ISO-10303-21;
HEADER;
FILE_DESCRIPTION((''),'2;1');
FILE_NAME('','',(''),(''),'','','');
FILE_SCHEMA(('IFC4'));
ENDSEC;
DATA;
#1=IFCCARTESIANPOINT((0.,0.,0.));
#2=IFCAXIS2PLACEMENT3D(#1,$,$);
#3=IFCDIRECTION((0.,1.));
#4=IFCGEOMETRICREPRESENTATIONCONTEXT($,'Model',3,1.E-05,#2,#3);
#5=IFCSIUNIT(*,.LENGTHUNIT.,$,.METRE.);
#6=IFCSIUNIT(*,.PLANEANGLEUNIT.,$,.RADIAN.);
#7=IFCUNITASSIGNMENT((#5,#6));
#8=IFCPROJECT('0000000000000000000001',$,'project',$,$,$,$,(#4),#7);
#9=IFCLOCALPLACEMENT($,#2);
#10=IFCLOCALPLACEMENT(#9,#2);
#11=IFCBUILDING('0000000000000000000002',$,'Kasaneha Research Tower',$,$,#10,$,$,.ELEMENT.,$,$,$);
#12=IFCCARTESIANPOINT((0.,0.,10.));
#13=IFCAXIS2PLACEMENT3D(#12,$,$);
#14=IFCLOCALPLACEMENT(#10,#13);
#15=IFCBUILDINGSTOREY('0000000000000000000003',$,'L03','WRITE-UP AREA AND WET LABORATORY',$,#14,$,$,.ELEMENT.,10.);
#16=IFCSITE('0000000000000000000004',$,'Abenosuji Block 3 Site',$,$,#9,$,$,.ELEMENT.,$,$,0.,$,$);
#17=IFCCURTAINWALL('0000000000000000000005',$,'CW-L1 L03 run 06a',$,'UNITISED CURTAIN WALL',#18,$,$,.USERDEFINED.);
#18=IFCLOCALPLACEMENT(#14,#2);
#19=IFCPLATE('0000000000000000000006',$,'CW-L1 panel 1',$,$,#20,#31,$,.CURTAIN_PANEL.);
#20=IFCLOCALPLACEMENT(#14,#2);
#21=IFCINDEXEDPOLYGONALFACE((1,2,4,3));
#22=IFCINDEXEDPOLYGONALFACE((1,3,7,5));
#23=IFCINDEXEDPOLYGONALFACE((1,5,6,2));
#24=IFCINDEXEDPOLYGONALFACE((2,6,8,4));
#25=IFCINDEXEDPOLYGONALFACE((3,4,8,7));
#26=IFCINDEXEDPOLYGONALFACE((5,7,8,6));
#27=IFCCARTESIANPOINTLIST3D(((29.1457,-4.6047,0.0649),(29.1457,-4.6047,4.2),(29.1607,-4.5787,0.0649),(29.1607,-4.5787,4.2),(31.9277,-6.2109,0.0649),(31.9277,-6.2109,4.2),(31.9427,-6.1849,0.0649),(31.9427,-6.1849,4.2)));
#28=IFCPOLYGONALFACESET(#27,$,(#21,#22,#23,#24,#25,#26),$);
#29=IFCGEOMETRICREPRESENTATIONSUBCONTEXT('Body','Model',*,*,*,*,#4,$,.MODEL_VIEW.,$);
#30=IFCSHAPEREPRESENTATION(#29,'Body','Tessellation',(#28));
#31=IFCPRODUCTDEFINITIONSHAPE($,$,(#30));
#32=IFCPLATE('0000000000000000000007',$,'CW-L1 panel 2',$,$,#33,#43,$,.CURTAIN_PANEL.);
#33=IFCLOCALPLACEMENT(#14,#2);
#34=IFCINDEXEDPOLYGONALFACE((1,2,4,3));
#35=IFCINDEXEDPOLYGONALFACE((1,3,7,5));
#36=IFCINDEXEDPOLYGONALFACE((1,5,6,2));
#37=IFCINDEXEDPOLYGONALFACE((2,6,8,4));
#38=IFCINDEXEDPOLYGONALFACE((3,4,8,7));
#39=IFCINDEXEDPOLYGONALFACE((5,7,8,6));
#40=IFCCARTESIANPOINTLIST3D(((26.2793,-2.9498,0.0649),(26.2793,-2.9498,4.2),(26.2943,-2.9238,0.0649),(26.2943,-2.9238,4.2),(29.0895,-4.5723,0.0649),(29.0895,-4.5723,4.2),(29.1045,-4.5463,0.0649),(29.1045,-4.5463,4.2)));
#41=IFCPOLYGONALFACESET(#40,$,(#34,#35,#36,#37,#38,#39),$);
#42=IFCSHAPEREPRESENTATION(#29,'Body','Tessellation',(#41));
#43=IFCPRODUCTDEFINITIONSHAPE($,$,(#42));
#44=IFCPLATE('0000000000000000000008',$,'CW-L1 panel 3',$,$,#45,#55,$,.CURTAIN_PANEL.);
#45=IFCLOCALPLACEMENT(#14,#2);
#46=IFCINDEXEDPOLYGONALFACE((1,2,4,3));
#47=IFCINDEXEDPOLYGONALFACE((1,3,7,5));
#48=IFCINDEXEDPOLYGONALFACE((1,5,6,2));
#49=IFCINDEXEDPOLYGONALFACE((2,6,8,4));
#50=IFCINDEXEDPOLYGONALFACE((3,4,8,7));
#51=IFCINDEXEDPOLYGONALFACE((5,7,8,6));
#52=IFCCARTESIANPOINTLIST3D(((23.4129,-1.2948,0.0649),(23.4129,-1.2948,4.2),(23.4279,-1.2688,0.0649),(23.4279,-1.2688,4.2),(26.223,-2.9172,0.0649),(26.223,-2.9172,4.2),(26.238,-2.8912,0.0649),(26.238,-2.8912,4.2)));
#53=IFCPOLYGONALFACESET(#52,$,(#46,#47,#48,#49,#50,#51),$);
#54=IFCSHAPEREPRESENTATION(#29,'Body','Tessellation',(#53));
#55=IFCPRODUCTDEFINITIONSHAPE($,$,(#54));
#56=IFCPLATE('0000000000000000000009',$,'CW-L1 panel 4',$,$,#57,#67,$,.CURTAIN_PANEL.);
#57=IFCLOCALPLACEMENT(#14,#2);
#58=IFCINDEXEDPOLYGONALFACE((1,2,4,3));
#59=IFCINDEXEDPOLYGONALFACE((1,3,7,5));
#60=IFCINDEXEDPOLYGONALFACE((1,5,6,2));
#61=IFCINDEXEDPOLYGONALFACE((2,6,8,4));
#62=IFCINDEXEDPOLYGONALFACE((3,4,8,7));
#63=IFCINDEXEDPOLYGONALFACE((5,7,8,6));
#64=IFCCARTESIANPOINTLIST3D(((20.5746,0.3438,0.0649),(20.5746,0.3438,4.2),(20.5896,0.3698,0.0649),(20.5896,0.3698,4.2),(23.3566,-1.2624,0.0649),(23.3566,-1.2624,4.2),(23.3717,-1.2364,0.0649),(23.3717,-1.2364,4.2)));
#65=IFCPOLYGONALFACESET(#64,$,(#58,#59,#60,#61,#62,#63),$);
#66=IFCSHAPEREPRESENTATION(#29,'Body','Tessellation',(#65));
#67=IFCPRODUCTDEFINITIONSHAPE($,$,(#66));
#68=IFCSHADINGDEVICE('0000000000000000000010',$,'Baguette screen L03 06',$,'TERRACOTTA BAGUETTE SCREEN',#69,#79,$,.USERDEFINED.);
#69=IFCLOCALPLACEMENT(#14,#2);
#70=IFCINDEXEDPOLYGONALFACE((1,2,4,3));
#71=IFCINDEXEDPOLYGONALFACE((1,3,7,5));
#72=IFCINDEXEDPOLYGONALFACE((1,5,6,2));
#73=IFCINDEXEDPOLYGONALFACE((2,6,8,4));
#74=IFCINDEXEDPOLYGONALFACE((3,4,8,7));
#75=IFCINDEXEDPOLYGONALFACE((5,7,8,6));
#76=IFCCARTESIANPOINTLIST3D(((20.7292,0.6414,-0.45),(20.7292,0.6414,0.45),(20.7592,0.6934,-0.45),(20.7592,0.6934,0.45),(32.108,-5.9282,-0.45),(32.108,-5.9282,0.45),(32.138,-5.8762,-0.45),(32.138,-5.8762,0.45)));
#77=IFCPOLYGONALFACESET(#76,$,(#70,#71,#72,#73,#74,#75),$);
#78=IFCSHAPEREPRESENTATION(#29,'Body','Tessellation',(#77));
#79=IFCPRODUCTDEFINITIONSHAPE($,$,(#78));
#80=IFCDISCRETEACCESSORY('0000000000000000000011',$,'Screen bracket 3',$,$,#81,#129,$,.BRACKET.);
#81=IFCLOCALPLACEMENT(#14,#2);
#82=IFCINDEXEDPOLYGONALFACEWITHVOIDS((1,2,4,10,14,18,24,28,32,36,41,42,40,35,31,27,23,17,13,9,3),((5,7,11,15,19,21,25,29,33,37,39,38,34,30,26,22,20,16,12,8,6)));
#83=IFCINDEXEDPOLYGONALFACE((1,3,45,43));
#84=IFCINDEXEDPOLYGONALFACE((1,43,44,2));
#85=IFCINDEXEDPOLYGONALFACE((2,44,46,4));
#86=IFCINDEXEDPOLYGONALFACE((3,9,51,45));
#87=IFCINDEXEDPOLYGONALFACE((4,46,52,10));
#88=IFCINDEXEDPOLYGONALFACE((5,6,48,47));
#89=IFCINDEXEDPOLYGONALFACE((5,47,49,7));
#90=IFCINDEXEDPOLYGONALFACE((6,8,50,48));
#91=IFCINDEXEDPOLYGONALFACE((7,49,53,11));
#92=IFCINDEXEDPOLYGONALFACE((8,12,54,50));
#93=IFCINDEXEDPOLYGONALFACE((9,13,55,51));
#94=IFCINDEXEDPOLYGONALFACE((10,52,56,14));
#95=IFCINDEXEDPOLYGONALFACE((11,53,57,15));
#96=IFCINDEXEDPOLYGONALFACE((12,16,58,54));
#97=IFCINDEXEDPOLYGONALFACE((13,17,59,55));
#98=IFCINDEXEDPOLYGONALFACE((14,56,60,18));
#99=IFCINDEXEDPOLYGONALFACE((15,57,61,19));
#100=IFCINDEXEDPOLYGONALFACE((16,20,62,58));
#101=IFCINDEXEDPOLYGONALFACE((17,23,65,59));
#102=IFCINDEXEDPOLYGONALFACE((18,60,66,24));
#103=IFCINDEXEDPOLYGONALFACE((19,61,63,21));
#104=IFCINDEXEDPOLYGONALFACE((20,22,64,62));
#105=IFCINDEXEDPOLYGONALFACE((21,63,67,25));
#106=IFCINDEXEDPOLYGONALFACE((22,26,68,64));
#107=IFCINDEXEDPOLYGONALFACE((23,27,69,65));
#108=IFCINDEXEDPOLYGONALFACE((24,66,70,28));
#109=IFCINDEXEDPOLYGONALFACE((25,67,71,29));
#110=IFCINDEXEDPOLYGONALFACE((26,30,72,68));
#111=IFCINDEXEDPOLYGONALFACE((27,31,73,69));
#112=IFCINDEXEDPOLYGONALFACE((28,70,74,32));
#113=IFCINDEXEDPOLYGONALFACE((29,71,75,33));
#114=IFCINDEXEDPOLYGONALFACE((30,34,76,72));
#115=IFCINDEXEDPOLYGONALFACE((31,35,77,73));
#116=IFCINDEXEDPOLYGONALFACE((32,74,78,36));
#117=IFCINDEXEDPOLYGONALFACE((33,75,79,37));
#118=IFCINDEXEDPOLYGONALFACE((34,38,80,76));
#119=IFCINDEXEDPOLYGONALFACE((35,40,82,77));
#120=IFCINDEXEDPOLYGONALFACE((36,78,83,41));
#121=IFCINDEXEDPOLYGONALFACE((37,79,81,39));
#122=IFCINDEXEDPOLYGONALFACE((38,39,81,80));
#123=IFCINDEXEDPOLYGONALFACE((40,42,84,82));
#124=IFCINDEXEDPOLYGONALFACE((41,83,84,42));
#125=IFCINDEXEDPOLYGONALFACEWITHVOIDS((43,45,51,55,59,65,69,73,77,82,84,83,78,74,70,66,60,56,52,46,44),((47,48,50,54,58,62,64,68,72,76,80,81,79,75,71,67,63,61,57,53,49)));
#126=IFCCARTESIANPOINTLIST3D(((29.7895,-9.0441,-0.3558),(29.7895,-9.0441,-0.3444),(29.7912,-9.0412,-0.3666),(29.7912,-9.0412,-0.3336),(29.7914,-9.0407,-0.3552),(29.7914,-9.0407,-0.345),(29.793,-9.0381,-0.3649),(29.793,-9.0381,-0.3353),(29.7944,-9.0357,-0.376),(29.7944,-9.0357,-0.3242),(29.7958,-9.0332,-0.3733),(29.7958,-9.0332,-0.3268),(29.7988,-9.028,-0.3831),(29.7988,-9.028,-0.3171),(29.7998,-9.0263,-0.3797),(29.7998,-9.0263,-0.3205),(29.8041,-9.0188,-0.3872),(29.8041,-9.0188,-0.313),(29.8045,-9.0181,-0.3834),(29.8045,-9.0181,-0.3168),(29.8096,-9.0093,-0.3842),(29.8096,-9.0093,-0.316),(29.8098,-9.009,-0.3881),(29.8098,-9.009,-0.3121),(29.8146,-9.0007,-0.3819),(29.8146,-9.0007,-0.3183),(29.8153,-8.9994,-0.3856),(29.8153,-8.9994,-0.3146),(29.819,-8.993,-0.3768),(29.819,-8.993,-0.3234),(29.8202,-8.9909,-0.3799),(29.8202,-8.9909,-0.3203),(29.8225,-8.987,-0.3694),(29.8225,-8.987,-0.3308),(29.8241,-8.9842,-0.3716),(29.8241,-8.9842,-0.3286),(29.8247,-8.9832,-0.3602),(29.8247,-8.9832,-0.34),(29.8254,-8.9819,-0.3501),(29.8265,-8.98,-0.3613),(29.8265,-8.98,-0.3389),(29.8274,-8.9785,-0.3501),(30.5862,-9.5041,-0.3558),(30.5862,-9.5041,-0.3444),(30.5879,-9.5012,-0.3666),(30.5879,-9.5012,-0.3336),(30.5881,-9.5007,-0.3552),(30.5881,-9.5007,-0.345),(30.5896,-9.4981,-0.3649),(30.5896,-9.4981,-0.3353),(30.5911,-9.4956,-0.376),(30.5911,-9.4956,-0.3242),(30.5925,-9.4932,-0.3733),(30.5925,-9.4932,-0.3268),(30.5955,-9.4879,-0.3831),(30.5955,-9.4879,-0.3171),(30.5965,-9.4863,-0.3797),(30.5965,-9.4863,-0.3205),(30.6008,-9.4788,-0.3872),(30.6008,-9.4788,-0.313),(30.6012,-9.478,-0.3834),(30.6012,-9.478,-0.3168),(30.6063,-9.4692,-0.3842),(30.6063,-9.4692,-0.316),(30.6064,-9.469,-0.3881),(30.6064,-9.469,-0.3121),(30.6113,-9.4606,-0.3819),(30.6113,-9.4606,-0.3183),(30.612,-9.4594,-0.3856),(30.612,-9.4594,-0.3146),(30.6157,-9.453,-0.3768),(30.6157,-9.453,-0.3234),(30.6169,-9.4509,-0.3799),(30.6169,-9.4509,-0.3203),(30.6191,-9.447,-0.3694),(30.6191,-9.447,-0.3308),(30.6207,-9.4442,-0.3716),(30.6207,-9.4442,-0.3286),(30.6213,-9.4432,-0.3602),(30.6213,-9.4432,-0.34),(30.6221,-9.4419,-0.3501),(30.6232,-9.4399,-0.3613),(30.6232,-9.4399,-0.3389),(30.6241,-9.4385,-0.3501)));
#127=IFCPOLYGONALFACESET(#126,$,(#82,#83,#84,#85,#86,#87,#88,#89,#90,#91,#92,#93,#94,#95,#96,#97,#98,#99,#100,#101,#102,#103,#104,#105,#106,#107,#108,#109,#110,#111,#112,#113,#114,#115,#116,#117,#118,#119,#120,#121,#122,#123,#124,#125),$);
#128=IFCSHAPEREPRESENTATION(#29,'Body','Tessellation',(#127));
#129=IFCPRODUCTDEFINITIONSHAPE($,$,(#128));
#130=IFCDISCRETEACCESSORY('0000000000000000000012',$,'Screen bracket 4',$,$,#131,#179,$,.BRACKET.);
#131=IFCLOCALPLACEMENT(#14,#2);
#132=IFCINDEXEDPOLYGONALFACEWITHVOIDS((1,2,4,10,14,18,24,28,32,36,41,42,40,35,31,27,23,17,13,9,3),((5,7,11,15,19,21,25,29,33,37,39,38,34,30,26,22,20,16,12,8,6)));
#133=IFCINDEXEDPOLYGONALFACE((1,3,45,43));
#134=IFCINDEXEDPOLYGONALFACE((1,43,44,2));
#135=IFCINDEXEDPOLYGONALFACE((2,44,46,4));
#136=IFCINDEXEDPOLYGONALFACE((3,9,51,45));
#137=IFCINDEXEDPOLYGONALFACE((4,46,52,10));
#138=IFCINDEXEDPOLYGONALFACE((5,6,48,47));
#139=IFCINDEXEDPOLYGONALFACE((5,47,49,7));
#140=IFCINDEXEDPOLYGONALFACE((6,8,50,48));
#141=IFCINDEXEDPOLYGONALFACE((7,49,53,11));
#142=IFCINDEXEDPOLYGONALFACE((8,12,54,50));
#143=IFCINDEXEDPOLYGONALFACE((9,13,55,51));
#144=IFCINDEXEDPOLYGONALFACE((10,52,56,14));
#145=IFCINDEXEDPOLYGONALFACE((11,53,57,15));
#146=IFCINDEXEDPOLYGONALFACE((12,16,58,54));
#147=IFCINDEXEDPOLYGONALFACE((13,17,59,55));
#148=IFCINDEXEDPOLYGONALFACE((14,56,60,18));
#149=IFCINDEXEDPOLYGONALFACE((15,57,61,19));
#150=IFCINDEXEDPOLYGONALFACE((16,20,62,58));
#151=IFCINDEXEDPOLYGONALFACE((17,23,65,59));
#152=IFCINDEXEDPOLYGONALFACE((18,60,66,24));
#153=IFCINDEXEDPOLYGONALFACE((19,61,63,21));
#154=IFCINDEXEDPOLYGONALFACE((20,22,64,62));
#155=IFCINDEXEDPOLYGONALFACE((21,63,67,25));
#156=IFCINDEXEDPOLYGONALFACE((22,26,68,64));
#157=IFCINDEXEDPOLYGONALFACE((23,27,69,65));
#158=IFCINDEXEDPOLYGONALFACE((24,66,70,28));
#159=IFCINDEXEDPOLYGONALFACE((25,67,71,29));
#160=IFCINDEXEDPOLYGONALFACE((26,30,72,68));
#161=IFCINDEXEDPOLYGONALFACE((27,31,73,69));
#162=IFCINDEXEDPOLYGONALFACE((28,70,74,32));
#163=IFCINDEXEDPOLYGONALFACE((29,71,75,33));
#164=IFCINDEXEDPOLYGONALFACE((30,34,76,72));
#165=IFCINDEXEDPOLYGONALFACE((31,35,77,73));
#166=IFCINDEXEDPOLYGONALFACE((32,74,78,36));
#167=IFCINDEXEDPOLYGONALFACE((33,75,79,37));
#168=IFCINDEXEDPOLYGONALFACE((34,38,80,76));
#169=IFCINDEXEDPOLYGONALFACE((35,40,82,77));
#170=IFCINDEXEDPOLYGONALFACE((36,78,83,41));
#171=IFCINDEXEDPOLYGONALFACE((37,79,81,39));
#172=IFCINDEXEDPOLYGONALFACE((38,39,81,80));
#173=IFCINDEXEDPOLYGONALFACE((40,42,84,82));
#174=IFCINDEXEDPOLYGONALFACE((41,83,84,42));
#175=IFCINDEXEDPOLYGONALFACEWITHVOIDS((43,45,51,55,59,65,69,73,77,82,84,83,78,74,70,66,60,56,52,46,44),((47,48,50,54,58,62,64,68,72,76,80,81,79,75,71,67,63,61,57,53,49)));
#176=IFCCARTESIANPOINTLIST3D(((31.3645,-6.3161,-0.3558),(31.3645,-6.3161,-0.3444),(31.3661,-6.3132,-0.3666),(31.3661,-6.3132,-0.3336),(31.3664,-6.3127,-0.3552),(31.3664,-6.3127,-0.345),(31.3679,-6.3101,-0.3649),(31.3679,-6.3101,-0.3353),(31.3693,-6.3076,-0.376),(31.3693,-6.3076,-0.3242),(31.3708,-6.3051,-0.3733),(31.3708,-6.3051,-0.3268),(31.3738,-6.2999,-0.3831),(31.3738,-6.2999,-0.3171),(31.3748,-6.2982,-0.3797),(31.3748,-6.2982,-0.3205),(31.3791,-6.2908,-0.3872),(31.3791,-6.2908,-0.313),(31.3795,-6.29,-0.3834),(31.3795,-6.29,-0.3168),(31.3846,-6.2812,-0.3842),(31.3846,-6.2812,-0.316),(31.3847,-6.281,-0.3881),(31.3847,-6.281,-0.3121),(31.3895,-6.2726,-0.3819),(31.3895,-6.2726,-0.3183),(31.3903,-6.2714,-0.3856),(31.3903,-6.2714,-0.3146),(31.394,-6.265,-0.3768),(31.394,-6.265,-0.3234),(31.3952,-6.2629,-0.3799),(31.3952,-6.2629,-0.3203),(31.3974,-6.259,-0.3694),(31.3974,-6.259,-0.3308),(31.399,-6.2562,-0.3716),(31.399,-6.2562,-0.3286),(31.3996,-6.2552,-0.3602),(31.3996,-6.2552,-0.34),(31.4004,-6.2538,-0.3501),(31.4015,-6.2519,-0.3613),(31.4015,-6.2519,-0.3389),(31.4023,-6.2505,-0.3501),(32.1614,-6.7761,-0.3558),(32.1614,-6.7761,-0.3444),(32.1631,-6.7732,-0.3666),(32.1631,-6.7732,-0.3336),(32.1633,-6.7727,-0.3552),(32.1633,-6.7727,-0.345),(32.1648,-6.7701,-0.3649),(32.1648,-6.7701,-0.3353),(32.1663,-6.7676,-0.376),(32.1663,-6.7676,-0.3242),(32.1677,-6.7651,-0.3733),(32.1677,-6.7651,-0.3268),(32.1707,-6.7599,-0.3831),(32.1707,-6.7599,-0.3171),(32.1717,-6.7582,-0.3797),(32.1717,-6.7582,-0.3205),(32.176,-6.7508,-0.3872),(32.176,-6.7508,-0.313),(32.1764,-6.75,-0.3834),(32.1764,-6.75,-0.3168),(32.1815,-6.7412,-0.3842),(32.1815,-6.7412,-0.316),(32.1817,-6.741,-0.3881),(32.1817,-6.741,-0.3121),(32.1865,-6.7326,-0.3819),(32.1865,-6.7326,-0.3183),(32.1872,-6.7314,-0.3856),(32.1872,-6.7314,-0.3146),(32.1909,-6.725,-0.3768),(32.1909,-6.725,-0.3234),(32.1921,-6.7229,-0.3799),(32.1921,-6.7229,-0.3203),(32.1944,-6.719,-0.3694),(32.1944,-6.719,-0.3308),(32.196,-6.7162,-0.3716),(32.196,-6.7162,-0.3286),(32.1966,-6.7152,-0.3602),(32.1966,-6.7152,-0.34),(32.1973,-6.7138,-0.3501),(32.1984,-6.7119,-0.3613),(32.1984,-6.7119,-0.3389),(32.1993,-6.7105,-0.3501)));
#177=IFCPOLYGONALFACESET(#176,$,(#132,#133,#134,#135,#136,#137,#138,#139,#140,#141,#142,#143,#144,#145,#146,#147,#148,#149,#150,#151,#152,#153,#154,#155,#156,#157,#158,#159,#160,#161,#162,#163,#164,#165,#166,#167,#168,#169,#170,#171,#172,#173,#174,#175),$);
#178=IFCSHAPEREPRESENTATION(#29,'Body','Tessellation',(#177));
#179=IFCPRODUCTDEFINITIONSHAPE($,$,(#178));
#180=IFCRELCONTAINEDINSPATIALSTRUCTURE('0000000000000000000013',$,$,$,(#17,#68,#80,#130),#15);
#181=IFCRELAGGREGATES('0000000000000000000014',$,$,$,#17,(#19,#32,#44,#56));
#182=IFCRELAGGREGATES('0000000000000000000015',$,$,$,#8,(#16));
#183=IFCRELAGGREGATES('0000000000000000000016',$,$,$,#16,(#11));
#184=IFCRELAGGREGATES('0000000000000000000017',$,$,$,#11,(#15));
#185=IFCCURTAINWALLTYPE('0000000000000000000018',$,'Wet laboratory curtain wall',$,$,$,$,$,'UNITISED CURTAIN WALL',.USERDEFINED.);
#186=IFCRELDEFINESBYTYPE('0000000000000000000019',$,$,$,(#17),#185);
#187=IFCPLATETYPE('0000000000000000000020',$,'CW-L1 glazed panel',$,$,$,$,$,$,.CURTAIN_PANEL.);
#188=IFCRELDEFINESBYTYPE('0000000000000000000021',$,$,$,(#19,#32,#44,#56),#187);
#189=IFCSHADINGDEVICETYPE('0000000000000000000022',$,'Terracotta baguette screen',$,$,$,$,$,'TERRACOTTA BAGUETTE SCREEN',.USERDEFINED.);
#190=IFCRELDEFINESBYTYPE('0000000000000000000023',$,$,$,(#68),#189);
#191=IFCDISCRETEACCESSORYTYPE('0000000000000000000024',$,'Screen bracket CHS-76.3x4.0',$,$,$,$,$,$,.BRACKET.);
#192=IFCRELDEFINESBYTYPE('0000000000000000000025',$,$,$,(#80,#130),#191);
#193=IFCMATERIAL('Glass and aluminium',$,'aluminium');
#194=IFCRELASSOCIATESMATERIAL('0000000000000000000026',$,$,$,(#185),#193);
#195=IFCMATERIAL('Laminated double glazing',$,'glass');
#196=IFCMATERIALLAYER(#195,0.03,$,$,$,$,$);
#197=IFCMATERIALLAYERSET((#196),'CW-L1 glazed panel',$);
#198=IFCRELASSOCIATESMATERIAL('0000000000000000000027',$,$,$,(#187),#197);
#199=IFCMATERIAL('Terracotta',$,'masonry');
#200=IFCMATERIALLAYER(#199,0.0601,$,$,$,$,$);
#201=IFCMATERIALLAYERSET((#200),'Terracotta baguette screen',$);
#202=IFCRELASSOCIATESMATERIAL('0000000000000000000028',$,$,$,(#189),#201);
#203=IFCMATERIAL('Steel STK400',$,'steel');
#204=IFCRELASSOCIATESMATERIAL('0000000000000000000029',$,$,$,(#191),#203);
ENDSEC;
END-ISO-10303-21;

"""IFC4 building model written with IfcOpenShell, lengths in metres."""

from ifc_helpers import new_model, si_unit, direction, frame, origin, origin_2d, place, context, subcontext, project, spatial, rectangle, hollow_circle, extrude, material, layer, layer_set, material_profile, profile_set, type_object, element, aggregate, save


model = new_model("IFC4")

# Units and contexts
model_context = context("Model", 3, precision=1e-05, world=origin(), true_north=direction((0.0, 1.0)))
body_context = subcontext(model_context, "Body", "Model", "MODEL_VIEW")
ifc_project = project(units=[si_unit("LENGTHUNIT", "METRE"), si_unit("PLANEANGLEUNIT", "RADIAN")], contexts=[model_context])

# Site, building, storey
site_placement = place(None, origin())
site = spatial("IfcSite", under=ifc_project, at=site_placement, Name="Abenosuji Block 3 Site", CompositionType="ELEMENT", RefElevation=0.0)
building_placement = place(site_placement, origin())
building = spatial("IfcBuilding", under=site, at=building_placement, Name="Kasaneha Research Tower", CompositionType="ELEMENT")
storey_placement = place(building_placement, frame((0.0, 0.0, 10.0)))
storey = spatial("IfcBuildingStorey", under=building, at=storey_placement, Name="L03", Description="WRITE-UP AREA AND WET LABORATORY", CompositionType="ELEMENT", Elevation=10.0)

# Curtain wall
ifc_material_1 = material(Name="Glass and aluminium", Category="aluminium")
curtain_wall_type = type_object("IfcCurtainWallType", Name="Wet laboratory curtain wall", ElementType="UNITISED CURTAIN WALL", PredefinedType="USERDEFINED", material=ifc_material_1)
curtain_wall_1_placement = place(storey_placement, origin())
curtain_wall_1 = element("IfcCurtainWall", 1, at=curtain_wall_1_placement, inside=storey, type_object=curtain_wall_type, Name="CW-L1 L03 run 06a", ObjectType="UNITISED CURTAIN WALL", PredefinedType="USERDEFINED")

# Plates
ifc_material_2 = material(Name="Laminated double glazing", Category="glass")
ifc_layer_1 = layer(ifc_material_2, 0.03)
ifc_layer_set_1 = layer_set([ifc_layer_1], Name="CW-L1 glazed panel")
plate_type = type_object("IfcPlateType", Name="CW-L1 glazed panel", PredefinedType="CURTAIN_PANEL", material=ifc_layer_set_1)
plate_1_placement = place(storey_placement, frame((30.5442, -5.3948, 0.0649), z_axis=(0.0, 0.0, 1.0), x_axis=(-0.866025, 0.5, 0.0)))
plate_1 = element("IfcPlate", 2, at=plate_1_placement, type_object=plate_type, Name="CW-L1 panel 1", PredefinedType="CURTAIN_PANEL", context=body_context, shape_type="SweptSolid", body=[
    extrude(rectangle(XDim=3.2124, YDim=0.03, at=origin_2d()), origin(), (0.0, 0.0, 1.0), 4.135),
])
plate_2_placement = place(storey_placement, frame((27.6919, -3.748, 0.0649), z_axis=(0.0, 0.0, 1.0), x_axis=(-0.866025, 0.5, 0.0)))
plate_2 = element("IfcPlate", 3, at=plate_2_placement, type_object=plate_type, Name="CW-L1 panel 2", PredefinedType="CURTAIN_PANEL", context=body_context, shape_type="SweptSolid", body=[
    extrude(rectangle(XDim=3.2449, YDim=0.03, at=origin_2d()), origin(), (0.0, 0.0, 1.0), 4.135),
])
plate_3_placement = place(storey_placement, frame((24.8254, -2.093, 0.0649), z_axis=(0.0, 0.0, 1.0), x_axis=(-0.866025, 0.5, 0.0)))
plate_3 = element("IfcPlate", 4, at=plate_3_placement, type_object=plate_type, Name="CW-L1 panel 3", PredefinedType="CURTAIN_PANEL", context=body_context, shape_type="SweptSolid", body=[
    extrude(rectangle(XDim=3.2449, YDim=0.03, at=origin_2d()), origin(), (0.0, 0.0, 1.0), 4.135),
])
plate_4_placement = place(storey_placement, frame((21.9731, -0.4463, 0.0649), z_axis=(0.0, 0.0, 1.0), x_axis=(-0.866025, 0.5, 0.0)))
plate_4 = element("IfcPlate", 5, at=plate_4_placement, type_object=plate_type, Name="CW-L1 panel 4", PredefinedType="CURTAIN_PANEL", context=body_context, shape_type="SweptSolid", body=[
    extrude(rectangle(XDim=3.2124, YDim=0.03, at=origin_2d()), origin(), (0.0, 0.0, 1.0), 4.135),
])
aggregate(curtain_wall_1, [plate_1, plate_2, plate_3, plate_4])

# Shading device
ifc_material_3 = material(Name="Terracotta", Category="masonry")
ifc_layer_2 = layer(ifc_material_3, 0.0601)
ifc_layer_set_2 = layer_set([ifc_layer_2], Name="Terracotta baguette screen")
shading_device_type = type_object("IfcShadingDeviceType", Name="Terracotta baguette screen", ElementType="TERRACOTTA BAGUETTE SCREEN", PredefinedType="USERDEFINED", material=ifc_layer_set_2)
shading_device_placement = place(storey_placement, frame((26.4336, -2.6174, -0.45), z_axis=(0.0, 0.0, 1.0), x_axis=(-0.866025, 0.5, 0.0)))
element("IfcShadingDevice", 6, at=shading_device_placement, inside=storey, type_object=shading_device_type, Name="Baguette screen L03 06", ObjectType="TERRACOTTA BAGUETTE SCREEN", PredefinedType="USERDEFINED", context=body_context, shape_type="SweptSolid", body=[
    extrude(rectangle(XDim=13.1392, YDim=0.0601, at=origin_2d()), origin(), (0.0, 0.0, 1.0), 0.8999),
])

# Discrete accessories
ifc_material_4 = material(Name="Steel STK400", Category="steel")
ifc_material_profile_1 = material_profile(ifc_material_4, hollow_circle(Radius=0.0381, WallThickness=0.0039, at=origin_2d()), Name="CHS-76.3x4.0")
ifc_profile_set_1 = profile_set([ifc_material_profile_1], Name="Steel STK400")
discrete_accessory_type = type_object("IfcDiscreteAccessoryType", Name="Screen bracket CHS-76.3x4.0", PredefinedType="BRACKET", material=ifc_profile_set_1)
discrete_accessory_1_placement = place(storey_placement, frame((29.8083, -9.0115, -0.3501), z_axis=(0.866013, -0.500021, 0.0), x_axis=(0.500021, 0.866013, 0.0)))
element("IfcDiscreteAccessory", 7, at=discrete_accessory_1_placement, inside=storey, type_object=discrete_accessory_type, Name="Screen bracket 3", PredefinedType="BRACKET", context=body_context, shape_type="SweptSolid", body=[
    extrude(hollow_circle(Radius=0.0381, WallThickness=0.0039, at=origin_2d()), origin(), (0.0, 0.0, 1.0), 0.9199),
])
discrete_accessory_2_placement = place(storey_placement, frame((31.3833, -6.2834, -0.3501), z_axis=(0.86608, -0.499906, 0.0), x_axis=(0.499906, 0.86608, 0.0)))
element("IfcDiscreteAccessory", 8, at=discrete_accessory_2_placement, inside=storey, type_object=discrete_accessory_type, Name="Screen bracket 4", PredefinedType="BRACKET", context=body_context, shape_type="SweptSolid", body=[
    extrude(hollow_circle(Radius=0.0381, WallThickness=0.0039, at=origin_2d()), origin(), (0.0, 0.0, 1.0), 0.9202),
])

save(model, "model.ifc")
